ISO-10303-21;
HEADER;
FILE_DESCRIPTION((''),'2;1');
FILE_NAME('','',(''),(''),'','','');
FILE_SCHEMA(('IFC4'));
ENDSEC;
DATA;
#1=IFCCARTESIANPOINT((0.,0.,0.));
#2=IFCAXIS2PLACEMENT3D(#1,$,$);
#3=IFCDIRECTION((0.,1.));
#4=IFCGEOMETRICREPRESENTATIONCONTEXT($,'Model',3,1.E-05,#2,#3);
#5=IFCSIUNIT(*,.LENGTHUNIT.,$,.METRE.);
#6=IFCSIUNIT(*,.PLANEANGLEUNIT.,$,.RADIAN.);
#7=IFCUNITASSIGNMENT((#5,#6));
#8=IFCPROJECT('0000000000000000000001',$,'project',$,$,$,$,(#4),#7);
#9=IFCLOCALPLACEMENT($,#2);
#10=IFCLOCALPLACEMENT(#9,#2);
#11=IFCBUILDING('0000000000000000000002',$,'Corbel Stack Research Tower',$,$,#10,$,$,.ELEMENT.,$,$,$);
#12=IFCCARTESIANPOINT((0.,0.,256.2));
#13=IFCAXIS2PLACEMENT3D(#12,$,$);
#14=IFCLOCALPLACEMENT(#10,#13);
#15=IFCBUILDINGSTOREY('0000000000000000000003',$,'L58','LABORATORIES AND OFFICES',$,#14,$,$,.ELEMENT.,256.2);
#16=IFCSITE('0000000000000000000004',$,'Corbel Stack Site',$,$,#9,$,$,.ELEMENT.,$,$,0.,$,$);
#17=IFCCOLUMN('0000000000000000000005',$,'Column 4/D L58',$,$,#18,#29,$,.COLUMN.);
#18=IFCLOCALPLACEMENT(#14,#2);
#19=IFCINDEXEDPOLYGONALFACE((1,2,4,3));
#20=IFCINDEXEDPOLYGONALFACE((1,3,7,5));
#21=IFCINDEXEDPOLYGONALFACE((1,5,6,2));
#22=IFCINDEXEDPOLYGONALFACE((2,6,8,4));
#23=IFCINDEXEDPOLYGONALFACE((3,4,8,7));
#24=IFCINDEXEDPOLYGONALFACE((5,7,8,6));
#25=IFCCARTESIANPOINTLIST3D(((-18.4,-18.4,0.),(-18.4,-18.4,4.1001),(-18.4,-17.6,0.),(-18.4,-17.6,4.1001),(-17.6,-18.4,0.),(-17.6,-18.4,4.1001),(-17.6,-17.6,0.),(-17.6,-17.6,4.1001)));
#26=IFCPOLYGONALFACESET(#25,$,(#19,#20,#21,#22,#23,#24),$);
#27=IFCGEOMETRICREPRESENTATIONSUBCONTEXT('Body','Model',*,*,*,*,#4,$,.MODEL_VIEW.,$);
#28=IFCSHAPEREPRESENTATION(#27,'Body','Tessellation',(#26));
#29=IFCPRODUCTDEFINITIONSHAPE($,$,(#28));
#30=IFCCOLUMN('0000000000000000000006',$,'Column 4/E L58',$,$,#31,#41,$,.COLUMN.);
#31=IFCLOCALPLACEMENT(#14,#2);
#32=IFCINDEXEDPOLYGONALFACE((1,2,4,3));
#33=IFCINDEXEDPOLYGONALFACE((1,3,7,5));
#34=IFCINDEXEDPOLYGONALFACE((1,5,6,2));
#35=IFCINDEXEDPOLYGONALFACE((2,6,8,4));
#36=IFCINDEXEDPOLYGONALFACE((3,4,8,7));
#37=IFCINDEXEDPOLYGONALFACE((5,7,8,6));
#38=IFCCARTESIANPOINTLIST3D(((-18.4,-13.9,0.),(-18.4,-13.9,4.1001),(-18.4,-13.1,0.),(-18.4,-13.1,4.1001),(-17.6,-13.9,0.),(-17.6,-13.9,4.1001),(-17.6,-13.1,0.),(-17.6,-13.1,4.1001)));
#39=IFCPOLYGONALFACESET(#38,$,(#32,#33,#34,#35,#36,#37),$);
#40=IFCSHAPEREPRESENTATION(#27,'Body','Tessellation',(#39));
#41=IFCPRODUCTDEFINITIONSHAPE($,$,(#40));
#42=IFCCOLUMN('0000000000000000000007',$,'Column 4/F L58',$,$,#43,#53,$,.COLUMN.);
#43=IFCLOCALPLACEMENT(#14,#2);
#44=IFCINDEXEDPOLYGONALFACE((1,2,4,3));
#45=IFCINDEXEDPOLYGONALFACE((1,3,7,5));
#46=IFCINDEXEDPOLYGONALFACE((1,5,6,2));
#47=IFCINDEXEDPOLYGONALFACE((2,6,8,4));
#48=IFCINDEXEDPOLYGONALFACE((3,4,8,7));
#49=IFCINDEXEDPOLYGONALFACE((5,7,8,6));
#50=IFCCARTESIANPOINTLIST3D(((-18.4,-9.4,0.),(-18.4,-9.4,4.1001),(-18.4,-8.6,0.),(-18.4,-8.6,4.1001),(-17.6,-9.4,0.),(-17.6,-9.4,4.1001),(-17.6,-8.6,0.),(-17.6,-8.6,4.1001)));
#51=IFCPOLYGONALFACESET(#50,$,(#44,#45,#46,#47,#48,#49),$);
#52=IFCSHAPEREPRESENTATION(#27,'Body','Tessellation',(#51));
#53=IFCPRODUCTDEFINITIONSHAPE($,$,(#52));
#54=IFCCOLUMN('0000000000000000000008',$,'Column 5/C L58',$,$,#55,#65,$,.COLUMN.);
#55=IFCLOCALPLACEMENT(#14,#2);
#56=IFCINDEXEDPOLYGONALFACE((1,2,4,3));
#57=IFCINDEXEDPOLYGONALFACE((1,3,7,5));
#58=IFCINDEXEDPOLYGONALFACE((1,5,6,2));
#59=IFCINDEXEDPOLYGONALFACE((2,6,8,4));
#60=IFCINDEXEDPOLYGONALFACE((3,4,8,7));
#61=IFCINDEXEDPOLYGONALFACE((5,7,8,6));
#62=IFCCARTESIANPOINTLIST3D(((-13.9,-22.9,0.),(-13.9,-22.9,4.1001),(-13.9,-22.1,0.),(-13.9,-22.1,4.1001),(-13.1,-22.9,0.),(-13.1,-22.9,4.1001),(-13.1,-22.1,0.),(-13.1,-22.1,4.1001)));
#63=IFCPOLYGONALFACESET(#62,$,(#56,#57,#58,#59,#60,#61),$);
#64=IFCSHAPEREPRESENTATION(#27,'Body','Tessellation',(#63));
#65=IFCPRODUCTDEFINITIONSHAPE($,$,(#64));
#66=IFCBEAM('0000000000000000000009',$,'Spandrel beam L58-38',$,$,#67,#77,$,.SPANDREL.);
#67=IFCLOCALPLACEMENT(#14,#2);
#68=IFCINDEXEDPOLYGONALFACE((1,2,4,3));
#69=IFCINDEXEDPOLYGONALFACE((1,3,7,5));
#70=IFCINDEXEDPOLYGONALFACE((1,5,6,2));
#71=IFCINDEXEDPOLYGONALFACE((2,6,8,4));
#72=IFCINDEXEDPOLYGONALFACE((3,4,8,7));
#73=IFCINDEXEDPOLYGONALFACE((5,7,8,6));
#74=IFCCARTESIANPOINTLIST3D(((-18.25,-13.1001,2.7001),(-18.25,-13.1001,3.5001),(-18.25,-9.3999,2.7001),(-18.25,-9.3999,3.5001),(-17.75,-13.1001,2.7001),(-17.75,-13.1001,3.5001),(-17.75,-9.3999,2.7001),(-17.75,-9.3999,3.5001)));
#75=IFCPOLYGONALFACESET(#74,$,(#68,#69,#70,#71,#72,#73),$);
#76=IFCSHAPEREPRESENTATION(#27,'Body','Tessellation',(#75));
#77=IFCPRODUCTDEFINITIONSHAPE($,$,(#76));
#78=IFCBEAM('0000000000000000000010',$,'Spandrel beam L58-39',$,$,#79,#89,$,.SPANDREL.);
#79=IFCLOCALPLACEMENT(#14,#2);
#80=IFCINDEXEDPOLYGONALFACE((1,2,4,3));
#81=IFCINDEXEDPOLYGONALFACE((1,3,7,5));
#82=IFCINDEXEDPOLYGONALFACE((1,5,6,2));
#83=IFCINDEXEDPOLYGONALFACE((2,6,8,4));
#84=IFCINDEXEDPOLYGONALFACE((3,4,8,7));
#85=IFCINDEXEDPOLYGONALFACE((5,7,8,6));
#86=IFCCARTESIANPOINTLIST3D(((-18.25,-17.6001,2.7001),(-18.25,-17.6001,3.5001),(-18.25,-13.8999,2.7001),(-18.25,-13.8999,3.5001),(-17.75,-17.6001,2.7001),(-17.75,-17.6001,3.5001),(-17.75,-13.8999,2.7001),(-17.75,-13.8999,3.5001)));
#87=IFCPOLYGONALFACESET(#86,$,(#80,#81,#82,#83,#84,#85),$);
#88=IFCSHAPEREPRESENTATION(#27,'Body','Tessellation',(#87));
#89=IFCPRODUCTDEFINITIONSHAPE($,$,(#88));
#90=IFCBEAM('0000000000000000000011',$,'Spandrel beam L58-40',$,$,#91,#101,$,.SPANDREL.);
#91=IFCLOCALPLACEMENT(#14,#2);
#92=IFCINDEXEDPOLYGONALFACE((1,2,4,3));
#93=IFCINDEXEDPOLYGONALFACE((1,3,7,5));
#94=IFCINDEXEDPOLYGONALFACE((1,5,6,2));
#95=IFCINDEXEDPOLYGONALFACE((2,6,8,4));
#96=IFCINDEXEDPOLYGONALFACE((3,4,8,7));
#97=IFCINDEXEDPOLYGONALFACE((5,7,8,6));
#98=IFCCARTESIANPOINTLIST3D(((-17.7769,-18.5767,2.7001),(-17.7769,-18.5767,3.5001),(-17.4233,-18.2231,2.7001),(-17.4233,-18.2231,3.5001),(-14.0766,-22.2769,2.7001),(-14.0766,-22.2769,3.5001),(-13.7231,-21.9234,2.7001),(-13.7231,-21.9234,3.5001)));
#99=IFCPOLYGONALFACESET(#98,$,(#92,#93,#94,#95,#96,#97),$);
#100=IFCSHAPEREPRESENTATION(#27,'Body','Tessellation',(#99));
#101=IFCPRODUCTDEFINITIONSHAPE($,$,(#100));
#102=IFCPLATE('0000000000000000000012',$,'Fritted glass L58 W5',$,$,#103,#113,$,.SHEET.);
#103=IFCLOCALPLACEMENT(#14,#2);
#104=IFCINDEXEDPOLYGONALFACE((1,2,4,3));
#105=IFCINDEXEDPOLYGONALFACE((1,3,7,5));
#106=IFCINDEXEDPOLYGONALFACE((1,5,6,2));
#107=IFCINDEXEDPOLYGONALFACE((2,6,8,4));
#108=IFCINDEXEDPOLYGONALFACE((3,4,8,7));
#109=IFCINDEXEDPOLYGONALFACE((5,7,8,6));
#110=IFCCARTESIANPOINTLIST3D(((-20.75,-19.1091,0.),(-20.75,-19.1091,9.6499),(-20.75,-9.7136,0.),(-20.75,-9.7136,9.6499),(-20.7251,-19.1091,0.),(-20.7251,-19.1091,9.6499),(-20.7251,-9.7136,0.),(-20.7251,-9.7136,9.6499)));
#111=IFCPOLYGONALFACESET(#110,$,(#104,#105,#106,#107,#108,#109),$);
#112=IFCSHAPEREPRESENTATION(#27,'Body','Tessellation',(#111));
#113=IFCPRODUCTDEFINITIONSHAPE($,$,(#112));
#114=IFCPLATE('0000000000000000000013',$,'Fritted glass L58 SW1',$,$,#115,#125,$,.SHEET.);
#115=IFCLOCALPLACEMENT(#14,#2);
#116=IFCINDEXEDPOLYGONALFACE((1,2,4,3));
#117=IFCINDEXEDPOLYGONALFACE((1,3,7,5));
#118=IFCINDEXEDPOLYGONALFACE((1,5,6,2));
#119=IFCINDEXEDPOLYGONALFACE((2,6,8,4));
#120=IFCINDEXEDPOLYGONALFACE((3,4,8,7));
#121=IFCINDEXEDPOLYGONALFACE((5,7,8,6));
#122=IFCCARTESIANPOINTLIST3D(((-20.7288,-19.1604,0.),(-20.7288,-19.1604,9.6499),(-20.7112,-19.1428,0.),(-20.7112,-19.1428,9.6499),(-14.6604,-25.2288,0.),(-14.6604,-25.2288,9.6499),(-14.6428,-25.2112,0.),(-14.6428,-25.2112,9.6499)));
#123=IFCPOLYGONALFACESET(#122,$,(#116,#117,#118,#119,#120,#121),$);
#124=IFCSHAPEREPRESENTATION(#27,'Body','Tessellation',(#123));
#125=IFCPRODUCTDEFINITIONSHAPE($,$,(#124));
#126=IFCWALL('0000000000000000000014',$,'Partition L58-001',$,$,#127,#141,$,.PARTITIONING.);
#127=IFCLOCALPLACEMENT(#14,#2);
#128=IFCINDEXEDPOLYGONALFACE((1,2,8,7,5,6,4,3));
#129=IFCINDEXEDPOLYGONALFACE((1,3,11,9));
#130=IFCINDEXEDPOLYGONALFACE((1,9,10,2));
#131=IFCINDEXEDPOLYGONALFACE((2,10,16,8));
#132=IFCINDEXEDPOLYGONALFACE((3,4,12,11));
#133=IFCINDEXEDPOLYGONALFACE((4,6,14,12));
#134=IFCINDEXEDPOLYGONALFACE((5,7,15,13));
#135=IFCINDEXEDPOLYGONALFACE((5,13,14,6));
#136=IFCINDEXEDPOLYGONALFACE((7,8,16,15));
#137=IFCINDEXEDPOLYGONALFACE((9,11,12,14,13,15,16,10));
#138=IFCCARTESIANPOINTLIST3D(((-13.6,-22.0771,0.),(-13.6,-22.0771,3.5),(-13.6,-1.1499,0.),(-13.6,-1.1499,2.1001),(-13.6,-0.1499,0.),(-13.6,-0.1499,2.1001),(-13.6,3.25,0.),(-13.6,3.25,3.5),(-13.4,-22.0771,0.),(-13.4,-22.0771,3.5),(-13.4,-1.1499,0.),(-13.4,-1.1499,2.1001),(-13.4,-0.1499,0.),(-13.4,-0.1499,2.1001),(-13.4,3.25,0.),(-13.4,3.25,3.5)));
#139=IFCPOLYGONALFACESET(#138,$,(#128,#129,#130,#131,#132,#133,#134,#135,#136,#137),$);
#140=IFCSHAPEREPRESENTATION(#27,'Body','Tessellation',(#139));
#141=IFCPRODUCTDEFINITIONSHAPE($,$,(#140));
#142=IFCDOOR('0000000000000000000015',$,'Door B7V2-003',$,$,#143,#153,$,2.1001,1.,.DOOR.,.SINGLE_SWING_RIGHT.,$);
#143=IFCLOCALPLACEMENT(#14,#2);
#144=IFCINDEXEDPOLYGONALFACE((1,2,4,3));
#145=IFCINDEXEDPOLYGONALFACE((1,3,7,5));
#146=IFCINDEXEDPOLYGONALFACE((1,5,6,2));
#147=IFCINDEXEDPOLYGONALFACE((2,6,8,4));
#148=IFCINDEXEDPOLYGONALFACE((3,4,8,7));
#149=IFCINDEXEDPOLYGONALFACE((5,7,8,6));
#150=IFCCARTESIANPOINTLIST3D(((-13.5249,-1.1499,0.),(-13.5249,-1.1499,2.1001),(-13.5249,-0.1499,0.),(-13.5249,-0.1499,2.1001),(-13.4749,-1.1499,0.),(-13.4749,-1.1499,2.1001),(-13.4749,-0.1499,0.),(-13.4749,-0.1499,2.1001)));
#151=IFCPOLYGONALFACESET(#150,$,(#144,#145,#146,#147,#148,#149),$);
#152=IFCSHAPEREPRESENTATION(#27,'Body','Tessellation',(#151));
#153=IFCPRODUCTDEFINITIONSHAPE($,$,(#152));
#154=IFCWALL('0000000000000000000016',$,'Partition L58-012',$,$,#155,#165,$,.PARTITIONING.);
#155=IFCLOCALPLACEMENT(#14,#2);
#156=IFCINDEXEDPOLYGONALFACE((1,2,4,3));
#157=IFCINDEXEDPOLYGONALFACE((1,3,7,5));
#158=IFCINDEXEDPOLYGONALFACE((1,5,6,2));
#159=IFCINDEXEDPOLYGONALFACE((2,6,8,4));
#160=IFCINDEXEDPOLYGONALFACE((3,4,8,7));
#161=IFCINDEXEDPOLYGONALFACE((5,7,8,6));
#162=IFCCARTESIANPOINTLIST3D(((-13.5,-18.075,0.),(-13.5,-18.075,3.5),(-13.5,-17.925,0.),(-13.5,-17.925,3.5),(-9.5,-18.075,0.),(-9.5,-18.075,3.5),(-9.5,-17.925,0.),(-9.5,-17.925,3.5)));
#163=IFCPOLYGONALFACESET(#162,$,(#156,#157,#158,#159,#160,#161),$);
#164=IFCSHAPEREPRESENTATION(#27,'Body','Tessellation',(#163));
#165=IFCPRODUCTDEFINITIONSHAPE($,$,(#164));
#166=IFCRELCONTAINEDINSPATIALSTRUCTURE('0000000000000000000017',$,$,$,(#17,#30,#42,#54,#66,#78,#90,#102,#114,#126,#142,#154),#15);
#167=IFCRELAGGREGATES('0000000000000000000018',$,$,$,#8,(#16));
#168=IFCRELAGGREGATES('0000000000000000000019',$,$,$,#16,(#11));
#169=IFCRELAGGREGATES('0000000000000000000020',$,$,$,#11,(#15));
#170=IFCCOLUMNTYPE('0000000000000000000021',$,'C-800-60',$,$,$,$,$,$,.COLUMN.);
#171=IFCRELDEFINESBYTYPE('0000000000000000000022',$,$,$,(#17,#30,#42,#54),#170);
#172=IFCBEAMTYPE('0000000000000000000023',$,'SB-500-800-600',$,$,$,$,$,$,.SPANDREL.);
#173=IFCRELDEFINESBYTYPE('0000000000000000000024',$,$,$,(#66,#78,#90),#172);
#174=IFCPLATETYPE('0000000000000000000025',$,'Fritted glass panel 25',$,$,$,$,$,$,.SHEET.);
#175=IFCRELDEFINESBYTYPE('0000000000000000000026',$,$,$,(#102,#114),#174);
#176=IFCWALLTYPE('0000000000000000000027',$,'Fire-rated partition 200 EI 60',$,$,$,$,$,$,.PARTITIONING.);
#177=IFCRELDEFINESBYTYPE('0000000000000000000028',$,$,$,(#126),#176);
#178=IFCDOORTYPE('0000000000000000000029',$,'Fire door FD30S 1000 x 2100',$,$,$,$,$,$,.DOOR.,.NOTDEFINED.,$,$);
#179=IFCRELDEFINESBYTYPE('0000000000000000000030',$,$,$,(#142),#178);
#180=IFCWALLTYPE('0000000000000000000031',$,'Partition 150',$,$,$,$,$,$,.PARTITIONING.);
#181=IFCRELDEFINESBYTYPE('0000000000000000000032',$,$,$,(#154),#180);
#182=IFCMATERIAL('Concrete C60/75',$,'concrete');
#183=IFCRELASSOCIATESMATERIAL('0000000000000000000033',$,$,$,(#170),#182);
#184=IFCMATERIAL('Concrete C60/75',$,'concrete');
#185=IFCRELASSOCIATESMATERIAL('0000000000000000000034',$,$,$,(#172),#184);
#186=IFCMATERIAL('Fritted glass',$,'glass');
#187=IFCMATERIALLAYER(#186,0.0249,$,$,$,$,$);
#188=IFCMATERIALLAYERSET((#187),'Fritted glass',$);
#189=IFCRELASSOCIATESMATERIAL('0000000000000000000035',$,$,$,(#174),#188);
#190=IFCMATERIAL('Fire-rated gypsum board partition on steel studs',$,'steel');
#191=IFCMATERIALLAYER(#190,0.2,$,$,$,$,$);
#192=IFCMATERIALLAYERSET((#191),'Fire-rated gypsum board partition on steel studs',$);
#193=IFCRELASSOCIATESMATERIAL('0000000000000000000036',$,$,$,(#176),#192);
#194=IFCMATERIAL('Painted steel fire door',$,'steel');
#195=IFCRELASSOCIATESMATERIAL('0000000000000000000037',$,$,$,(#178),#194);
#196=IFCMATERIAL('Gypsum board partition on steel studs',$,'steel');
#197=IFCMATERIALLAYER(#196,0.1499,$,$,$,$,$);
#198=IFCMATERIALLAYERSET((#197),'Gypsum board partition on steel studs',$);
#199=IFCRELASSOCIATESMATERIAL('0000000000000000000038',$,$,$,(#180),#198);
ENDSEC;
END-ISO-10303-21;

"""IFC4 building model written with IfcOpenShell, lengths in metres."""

from ifc_helpers import new_model, si_unit, direction, frame, frame_2d, origin, origin_2d, place, context, subcontext, project, spatial, rectangle, extrude, material, layer, layer_set, material_profile, profile_set, type_object, element, fill, save


model = new_model("IFC4")

# Units and contexts
model_context = context("Model", 3, precision=1e-05, world=origin(), true_north=direction((0.0, 1.0)))
body_context = subcontext(model_context, "Body", "Model", "MODEL_VIEW")
ifc_project = project(units=[si_unit("LENGTHUNIT", "METRE"), si_unit("PLANEANGLEUNIT", "RADIAN")], contexts=[model_context])

# Site, building, storey
site_placement = place(None, origin())
site = spatial("IfcSite", under=ifc_project, at=site_placement, Name="Corbel Stack Site", CompositionType="ELEMENT", RefElevation=0.0)
building_placement = place(site_placement, origin())
building = spatial("IfcBuilding", under=site, at=building_placement, Name="Corbel Stack Research Tower", CompositionType="ELEMENT")
storey_placement = place(building_placement, frame((0.0, 0.0, 256.2)))
storey = spatial("IfcBuildingStorey", under=building, at=storey_placement, Name="L58", Description="LABORATORIES AND OFFICES", CompositionType="ELEMENT", Elevation=256.2)

# Columns
ifc_material_1 = material(Name="Concrete C60/75", Category="concrete")
ifc_material_profile_1 = material_profile(ifc_material_1, rectangle(XDim=0.8, YDim=0.8, at=origin_2d()), Name="RC 800 x 800")
ifc_profile_set_1 = profile_set([ifc_material_profile_1], Name="Concrete C60/75")
column_type = type_object("IfcColumnType", Name="C-800-60", PredefinedType="COLUMN", material=ifc_profile_set_1)
for number, where, z_axis, x_axis, name in (
    (1, (-18.0, -18.0, 0.0), (0.0, 0.0, 1.0), (1.0, 0.0, 0.0), "Column 4/D L58"),
    (2, (-18.0, -13.5, 0.0), (0.0, 0.0, 1.0), (1.0, 0.0, 0.0), "Column 4/E L58"),
    (3, (-18.0, -9.0, 0.0), (0.0, 0.0, 1.0), (1.0, 0.0, 0.0), "Column 4/F L58"),
    (4, (-13.5, -22.5, 0.0), (0.0, 0.0, 1.0), (1.0, 0.0, 0.0), "Column 5/C L58"),
):
    element("IfcColumn", number, at=place(storey_placement, frame(where, z_axis=z_axis, x_axis=x_axis)), inside=storey, type_object=column_type, Name=name, PredefinedType="COLUMN", context=body_context, shape_type="SweptSolid", body=[
        extrude(rectangle(XDim=0.8, YDim=0.8, at=origin_2d()), origin(), (0.0, 0.0, 1.0), 4.1001),
    ])

# Beams
ifc_material_2 = material(Name="Concrete C60/75", Category="concrete")
ifc_material_profile_2 = material_profile(ifc_material_2, rectangle(XDim=0.5, YDim=0.8, at=origin_2d()), Name="RC 500 x 800")
ifc_profile_set_2 = profile_set([ifc_material_profile_2], Name="Concrete C60/75")
beam_type = type_object("IfcBeamType", Name="SB-500-800-600", PredefinedType="SPANDREL", material=ifc_profile_set_2)
for number, where, z_axis, x_axis, name in (
    (5, (-18.0, -9.3999, 3.1001), (0.0, -1.0, 0.0), (1.0, 0.0, 0.0), "Spandrel beam L58-38"),
    (6, (-18.0, -13.8999, 3.1001), (0.0, -1.0, 0.0), (1.0, 0.0, 0.0), "Spandrel beam L58-39"),
):
    element("IfcBeam", number, at=place(storey_placement, frame(where, z_axis=z_axis, x_axis=x_axis)), inside=storey, type_object=beam_type, Name=name, PredefinedType="SPANDREL", context=body_context, shape_type="SweptSolid", body=[
        extrude(rectangle(XDim=0.5, YDim=0.8, at=origin_2d()), origin(), (0.0, 0.0, 1.0), 3.7002),
    ])
beam_placement = place(storey_placement, frame((-17.6001, -18.3999, 3.1001), z_axis=(0.707107, -0.707107, 0.0), x_axis=(0.707107, 0.707107, 0.0)))
element("IfcBeam", 7, at=beam_placement, inside=storey, type_object=beam_type, Name="Spandrel beam L58-40", PredefinedType="SPANDREL", context=body_context, shape_type="SweptSolid", body=[
    extrude(rectangle(XDim=0.5, YDim=0.8, at=origin_2d()), origin(), (0.0, 0.0, 1.0), 5.2329),
])

# Plates
ifc_material_3 = material(Name="Fritted glass", Category="glass")
ifc_layer_1 = layer(ifc_material_3, 0.0249)
ifc_layer_set_1 = layer_set([ifc_layer_1], Name="Fritted glass")
plate_type = type_object("IfcPlateType", Name="Fritted glass panel 25", PredefinedType="SHEET", material=ifc_layer_set_1)
plate_1_placement = place(storey_placement, frame((-20.7375, -14.4114, 0.0), z_axis=(0.0, 0.0, 1.0), x_axis=(0.0, -1.0, 0.0)))
element("IfcPlate", 8, at=plate_1_placement, inside=storey, type_object=plate_type, Name="Fritted glass L58 W5", PredefinedType="SHEET", context=body_context, shape_type="SweptSolid", body=[
    extrude(rectangle(XDim=9.3955, YDim=0.0249, at=origin_2d()), origin(), (0.0, 0.0, 1.0), 9.6499),
])
plate_2_placement = place(storey_placement, frame((-17.6858, -22.1858, 0.0), z_axis=(0.0, 0.0, 1.0), x_axis=(0.707107, -0.707107, 0.0)))
element("IfcPlate", 9, at=plate_2_placement, inside=storey, type_object=plate_type, Name="Fritted glass L58 SW1", PredefinedType="SHEET", context=body_context, shape_type="SweptSolid", body=[
    extrude(rectangle(XDim=8.582, YDim=0.0249, at=origin_2d()), origin(), (0.0, 0.0, 1.0), 9.6499),
])

# Wall, opening, door
ifc_material_4 = material(Name="Fire-rated gypsum board partition on steel studs", Category="steel")
ifc_layer_2 = layer(ifc_material_4, 0.2)
ifc_layer_set_2 = layer_set([ifc_layer_2], Name="Fire-rated gypsum board partition on steel studs")
wall_type_1 = type_object("IfcWallType", Name="Fire-rated partition 200 EI 60", PredefinedType="PARTITIONING", material=ifc_layer_set_2)
wall_1_placement = place(storey_placement, frame((-13.5, -22.0771, 0.0), z_axis=(0.0, 0.0, 1.0), x_axis=(0.0, 1.0, 0.0)))
wall_1 = element("IfcWall", 10, at=wall_1_placement, inside=storey, type_object=wall_type_1, Name="Partition L58-001", PredefinedType="PARTITIONING", context=body_context, shape_type="SweptSolid", body=[
    extrude(rectangle(XDim=25.3271, YDim=0.2, at=frame_2d((12.6636, 0.0))), origin(), (0.0, 0.0, 1.0), 3.5),
])
opening_1_placement = place(wall_1_placement, frame((20.9272, 0.0, 0.0)))
opening_1 = element("IfcOpeningElement", 11, at=opening_1_placement, cuts=wall_1, PredefinedType="OPENING", context=body_context, shape_type="SweptSolid", body=[
    extrude(rectangle(XDim=1.0, YDim=2.1001, at=frame_2d((0.5, 1.05))), frame((0.0, 0.1099, 0.0), z_axis=(0.0, -1.0, 0.0), x_axis=(1.0, 0.0, 0.0)), (0.0, 0.0, 1.0), 0.22),
])
ifc_material_5 = material(Name="Painted steel fire door", Category="steel")
door_type_1 = type_object("IfcDoorType", Name="Fire door FD30S 1000 x 2100", OperationType="NOTDEFINED", PredefinedType="DOOR", material=ifc_material_5)
door_1_placement = place(opening_1_placement, origin())
door_1 = element("IfcDoor", 12, at=door_1_placement, inside=storey, type_object=door_type_1, Name="Door B7V2-003", OperationType="SINGLE_SWING_RIGHT", OverallHeight=2.1001, OverallWidth=1.0, PredefinedType="DOOR", context=body_context, shape_type="SweptSolid", body=[
    extrude(rectangle(XDim=1.0, YDim=2.1001, at=frame_2d((0.5, 1.05))), frame((0.0, 0.0249, 0.0), z_axis=(0.0, -1.0, 0.0), x_axis=(1.0, 0.0, 0.0)), (0.0, 0.0, 1.0), 0.05),
])
fill(opening_1, door_1)

# Wall
ifc_material_6 = material(Name="Gypsum board partition on steel studs", Category="steel")
ifc_layer_3 = layer(ifc_material_6, 0.1499)
ifc_layer_set_3 = layer_set([ifc_layer_3], Name="Gypsum board partition on steel studs")
wall_type_2 = type_object("IfcWallType", Name="Partition 150", PredefinedType="PARTITIONING", material=ifc_layer_set_3)
wall_2_placement = place(storey_placement, frame((-13.5, -18.0, 0.0), z_axis=(0.0, 0.0, 1.0), x_axis=(1.0, 0.0, 0.0)))
element("IfcWall", 13, at=wall_2_placement, inside=storey, type_object=wall_type_2, Name="Partition L58-012", PredefinedType="PARTITIONING", context=body_context, shape_type="SweptSolid", body=[
    extrude(rectangle(XDim=4.0, YDim=0.1499, at=frame_2d((2.0, 0.0))), origin(), (0.0, 0.0, 1.0), 3.5),
])

save(model, "model.ifc")
